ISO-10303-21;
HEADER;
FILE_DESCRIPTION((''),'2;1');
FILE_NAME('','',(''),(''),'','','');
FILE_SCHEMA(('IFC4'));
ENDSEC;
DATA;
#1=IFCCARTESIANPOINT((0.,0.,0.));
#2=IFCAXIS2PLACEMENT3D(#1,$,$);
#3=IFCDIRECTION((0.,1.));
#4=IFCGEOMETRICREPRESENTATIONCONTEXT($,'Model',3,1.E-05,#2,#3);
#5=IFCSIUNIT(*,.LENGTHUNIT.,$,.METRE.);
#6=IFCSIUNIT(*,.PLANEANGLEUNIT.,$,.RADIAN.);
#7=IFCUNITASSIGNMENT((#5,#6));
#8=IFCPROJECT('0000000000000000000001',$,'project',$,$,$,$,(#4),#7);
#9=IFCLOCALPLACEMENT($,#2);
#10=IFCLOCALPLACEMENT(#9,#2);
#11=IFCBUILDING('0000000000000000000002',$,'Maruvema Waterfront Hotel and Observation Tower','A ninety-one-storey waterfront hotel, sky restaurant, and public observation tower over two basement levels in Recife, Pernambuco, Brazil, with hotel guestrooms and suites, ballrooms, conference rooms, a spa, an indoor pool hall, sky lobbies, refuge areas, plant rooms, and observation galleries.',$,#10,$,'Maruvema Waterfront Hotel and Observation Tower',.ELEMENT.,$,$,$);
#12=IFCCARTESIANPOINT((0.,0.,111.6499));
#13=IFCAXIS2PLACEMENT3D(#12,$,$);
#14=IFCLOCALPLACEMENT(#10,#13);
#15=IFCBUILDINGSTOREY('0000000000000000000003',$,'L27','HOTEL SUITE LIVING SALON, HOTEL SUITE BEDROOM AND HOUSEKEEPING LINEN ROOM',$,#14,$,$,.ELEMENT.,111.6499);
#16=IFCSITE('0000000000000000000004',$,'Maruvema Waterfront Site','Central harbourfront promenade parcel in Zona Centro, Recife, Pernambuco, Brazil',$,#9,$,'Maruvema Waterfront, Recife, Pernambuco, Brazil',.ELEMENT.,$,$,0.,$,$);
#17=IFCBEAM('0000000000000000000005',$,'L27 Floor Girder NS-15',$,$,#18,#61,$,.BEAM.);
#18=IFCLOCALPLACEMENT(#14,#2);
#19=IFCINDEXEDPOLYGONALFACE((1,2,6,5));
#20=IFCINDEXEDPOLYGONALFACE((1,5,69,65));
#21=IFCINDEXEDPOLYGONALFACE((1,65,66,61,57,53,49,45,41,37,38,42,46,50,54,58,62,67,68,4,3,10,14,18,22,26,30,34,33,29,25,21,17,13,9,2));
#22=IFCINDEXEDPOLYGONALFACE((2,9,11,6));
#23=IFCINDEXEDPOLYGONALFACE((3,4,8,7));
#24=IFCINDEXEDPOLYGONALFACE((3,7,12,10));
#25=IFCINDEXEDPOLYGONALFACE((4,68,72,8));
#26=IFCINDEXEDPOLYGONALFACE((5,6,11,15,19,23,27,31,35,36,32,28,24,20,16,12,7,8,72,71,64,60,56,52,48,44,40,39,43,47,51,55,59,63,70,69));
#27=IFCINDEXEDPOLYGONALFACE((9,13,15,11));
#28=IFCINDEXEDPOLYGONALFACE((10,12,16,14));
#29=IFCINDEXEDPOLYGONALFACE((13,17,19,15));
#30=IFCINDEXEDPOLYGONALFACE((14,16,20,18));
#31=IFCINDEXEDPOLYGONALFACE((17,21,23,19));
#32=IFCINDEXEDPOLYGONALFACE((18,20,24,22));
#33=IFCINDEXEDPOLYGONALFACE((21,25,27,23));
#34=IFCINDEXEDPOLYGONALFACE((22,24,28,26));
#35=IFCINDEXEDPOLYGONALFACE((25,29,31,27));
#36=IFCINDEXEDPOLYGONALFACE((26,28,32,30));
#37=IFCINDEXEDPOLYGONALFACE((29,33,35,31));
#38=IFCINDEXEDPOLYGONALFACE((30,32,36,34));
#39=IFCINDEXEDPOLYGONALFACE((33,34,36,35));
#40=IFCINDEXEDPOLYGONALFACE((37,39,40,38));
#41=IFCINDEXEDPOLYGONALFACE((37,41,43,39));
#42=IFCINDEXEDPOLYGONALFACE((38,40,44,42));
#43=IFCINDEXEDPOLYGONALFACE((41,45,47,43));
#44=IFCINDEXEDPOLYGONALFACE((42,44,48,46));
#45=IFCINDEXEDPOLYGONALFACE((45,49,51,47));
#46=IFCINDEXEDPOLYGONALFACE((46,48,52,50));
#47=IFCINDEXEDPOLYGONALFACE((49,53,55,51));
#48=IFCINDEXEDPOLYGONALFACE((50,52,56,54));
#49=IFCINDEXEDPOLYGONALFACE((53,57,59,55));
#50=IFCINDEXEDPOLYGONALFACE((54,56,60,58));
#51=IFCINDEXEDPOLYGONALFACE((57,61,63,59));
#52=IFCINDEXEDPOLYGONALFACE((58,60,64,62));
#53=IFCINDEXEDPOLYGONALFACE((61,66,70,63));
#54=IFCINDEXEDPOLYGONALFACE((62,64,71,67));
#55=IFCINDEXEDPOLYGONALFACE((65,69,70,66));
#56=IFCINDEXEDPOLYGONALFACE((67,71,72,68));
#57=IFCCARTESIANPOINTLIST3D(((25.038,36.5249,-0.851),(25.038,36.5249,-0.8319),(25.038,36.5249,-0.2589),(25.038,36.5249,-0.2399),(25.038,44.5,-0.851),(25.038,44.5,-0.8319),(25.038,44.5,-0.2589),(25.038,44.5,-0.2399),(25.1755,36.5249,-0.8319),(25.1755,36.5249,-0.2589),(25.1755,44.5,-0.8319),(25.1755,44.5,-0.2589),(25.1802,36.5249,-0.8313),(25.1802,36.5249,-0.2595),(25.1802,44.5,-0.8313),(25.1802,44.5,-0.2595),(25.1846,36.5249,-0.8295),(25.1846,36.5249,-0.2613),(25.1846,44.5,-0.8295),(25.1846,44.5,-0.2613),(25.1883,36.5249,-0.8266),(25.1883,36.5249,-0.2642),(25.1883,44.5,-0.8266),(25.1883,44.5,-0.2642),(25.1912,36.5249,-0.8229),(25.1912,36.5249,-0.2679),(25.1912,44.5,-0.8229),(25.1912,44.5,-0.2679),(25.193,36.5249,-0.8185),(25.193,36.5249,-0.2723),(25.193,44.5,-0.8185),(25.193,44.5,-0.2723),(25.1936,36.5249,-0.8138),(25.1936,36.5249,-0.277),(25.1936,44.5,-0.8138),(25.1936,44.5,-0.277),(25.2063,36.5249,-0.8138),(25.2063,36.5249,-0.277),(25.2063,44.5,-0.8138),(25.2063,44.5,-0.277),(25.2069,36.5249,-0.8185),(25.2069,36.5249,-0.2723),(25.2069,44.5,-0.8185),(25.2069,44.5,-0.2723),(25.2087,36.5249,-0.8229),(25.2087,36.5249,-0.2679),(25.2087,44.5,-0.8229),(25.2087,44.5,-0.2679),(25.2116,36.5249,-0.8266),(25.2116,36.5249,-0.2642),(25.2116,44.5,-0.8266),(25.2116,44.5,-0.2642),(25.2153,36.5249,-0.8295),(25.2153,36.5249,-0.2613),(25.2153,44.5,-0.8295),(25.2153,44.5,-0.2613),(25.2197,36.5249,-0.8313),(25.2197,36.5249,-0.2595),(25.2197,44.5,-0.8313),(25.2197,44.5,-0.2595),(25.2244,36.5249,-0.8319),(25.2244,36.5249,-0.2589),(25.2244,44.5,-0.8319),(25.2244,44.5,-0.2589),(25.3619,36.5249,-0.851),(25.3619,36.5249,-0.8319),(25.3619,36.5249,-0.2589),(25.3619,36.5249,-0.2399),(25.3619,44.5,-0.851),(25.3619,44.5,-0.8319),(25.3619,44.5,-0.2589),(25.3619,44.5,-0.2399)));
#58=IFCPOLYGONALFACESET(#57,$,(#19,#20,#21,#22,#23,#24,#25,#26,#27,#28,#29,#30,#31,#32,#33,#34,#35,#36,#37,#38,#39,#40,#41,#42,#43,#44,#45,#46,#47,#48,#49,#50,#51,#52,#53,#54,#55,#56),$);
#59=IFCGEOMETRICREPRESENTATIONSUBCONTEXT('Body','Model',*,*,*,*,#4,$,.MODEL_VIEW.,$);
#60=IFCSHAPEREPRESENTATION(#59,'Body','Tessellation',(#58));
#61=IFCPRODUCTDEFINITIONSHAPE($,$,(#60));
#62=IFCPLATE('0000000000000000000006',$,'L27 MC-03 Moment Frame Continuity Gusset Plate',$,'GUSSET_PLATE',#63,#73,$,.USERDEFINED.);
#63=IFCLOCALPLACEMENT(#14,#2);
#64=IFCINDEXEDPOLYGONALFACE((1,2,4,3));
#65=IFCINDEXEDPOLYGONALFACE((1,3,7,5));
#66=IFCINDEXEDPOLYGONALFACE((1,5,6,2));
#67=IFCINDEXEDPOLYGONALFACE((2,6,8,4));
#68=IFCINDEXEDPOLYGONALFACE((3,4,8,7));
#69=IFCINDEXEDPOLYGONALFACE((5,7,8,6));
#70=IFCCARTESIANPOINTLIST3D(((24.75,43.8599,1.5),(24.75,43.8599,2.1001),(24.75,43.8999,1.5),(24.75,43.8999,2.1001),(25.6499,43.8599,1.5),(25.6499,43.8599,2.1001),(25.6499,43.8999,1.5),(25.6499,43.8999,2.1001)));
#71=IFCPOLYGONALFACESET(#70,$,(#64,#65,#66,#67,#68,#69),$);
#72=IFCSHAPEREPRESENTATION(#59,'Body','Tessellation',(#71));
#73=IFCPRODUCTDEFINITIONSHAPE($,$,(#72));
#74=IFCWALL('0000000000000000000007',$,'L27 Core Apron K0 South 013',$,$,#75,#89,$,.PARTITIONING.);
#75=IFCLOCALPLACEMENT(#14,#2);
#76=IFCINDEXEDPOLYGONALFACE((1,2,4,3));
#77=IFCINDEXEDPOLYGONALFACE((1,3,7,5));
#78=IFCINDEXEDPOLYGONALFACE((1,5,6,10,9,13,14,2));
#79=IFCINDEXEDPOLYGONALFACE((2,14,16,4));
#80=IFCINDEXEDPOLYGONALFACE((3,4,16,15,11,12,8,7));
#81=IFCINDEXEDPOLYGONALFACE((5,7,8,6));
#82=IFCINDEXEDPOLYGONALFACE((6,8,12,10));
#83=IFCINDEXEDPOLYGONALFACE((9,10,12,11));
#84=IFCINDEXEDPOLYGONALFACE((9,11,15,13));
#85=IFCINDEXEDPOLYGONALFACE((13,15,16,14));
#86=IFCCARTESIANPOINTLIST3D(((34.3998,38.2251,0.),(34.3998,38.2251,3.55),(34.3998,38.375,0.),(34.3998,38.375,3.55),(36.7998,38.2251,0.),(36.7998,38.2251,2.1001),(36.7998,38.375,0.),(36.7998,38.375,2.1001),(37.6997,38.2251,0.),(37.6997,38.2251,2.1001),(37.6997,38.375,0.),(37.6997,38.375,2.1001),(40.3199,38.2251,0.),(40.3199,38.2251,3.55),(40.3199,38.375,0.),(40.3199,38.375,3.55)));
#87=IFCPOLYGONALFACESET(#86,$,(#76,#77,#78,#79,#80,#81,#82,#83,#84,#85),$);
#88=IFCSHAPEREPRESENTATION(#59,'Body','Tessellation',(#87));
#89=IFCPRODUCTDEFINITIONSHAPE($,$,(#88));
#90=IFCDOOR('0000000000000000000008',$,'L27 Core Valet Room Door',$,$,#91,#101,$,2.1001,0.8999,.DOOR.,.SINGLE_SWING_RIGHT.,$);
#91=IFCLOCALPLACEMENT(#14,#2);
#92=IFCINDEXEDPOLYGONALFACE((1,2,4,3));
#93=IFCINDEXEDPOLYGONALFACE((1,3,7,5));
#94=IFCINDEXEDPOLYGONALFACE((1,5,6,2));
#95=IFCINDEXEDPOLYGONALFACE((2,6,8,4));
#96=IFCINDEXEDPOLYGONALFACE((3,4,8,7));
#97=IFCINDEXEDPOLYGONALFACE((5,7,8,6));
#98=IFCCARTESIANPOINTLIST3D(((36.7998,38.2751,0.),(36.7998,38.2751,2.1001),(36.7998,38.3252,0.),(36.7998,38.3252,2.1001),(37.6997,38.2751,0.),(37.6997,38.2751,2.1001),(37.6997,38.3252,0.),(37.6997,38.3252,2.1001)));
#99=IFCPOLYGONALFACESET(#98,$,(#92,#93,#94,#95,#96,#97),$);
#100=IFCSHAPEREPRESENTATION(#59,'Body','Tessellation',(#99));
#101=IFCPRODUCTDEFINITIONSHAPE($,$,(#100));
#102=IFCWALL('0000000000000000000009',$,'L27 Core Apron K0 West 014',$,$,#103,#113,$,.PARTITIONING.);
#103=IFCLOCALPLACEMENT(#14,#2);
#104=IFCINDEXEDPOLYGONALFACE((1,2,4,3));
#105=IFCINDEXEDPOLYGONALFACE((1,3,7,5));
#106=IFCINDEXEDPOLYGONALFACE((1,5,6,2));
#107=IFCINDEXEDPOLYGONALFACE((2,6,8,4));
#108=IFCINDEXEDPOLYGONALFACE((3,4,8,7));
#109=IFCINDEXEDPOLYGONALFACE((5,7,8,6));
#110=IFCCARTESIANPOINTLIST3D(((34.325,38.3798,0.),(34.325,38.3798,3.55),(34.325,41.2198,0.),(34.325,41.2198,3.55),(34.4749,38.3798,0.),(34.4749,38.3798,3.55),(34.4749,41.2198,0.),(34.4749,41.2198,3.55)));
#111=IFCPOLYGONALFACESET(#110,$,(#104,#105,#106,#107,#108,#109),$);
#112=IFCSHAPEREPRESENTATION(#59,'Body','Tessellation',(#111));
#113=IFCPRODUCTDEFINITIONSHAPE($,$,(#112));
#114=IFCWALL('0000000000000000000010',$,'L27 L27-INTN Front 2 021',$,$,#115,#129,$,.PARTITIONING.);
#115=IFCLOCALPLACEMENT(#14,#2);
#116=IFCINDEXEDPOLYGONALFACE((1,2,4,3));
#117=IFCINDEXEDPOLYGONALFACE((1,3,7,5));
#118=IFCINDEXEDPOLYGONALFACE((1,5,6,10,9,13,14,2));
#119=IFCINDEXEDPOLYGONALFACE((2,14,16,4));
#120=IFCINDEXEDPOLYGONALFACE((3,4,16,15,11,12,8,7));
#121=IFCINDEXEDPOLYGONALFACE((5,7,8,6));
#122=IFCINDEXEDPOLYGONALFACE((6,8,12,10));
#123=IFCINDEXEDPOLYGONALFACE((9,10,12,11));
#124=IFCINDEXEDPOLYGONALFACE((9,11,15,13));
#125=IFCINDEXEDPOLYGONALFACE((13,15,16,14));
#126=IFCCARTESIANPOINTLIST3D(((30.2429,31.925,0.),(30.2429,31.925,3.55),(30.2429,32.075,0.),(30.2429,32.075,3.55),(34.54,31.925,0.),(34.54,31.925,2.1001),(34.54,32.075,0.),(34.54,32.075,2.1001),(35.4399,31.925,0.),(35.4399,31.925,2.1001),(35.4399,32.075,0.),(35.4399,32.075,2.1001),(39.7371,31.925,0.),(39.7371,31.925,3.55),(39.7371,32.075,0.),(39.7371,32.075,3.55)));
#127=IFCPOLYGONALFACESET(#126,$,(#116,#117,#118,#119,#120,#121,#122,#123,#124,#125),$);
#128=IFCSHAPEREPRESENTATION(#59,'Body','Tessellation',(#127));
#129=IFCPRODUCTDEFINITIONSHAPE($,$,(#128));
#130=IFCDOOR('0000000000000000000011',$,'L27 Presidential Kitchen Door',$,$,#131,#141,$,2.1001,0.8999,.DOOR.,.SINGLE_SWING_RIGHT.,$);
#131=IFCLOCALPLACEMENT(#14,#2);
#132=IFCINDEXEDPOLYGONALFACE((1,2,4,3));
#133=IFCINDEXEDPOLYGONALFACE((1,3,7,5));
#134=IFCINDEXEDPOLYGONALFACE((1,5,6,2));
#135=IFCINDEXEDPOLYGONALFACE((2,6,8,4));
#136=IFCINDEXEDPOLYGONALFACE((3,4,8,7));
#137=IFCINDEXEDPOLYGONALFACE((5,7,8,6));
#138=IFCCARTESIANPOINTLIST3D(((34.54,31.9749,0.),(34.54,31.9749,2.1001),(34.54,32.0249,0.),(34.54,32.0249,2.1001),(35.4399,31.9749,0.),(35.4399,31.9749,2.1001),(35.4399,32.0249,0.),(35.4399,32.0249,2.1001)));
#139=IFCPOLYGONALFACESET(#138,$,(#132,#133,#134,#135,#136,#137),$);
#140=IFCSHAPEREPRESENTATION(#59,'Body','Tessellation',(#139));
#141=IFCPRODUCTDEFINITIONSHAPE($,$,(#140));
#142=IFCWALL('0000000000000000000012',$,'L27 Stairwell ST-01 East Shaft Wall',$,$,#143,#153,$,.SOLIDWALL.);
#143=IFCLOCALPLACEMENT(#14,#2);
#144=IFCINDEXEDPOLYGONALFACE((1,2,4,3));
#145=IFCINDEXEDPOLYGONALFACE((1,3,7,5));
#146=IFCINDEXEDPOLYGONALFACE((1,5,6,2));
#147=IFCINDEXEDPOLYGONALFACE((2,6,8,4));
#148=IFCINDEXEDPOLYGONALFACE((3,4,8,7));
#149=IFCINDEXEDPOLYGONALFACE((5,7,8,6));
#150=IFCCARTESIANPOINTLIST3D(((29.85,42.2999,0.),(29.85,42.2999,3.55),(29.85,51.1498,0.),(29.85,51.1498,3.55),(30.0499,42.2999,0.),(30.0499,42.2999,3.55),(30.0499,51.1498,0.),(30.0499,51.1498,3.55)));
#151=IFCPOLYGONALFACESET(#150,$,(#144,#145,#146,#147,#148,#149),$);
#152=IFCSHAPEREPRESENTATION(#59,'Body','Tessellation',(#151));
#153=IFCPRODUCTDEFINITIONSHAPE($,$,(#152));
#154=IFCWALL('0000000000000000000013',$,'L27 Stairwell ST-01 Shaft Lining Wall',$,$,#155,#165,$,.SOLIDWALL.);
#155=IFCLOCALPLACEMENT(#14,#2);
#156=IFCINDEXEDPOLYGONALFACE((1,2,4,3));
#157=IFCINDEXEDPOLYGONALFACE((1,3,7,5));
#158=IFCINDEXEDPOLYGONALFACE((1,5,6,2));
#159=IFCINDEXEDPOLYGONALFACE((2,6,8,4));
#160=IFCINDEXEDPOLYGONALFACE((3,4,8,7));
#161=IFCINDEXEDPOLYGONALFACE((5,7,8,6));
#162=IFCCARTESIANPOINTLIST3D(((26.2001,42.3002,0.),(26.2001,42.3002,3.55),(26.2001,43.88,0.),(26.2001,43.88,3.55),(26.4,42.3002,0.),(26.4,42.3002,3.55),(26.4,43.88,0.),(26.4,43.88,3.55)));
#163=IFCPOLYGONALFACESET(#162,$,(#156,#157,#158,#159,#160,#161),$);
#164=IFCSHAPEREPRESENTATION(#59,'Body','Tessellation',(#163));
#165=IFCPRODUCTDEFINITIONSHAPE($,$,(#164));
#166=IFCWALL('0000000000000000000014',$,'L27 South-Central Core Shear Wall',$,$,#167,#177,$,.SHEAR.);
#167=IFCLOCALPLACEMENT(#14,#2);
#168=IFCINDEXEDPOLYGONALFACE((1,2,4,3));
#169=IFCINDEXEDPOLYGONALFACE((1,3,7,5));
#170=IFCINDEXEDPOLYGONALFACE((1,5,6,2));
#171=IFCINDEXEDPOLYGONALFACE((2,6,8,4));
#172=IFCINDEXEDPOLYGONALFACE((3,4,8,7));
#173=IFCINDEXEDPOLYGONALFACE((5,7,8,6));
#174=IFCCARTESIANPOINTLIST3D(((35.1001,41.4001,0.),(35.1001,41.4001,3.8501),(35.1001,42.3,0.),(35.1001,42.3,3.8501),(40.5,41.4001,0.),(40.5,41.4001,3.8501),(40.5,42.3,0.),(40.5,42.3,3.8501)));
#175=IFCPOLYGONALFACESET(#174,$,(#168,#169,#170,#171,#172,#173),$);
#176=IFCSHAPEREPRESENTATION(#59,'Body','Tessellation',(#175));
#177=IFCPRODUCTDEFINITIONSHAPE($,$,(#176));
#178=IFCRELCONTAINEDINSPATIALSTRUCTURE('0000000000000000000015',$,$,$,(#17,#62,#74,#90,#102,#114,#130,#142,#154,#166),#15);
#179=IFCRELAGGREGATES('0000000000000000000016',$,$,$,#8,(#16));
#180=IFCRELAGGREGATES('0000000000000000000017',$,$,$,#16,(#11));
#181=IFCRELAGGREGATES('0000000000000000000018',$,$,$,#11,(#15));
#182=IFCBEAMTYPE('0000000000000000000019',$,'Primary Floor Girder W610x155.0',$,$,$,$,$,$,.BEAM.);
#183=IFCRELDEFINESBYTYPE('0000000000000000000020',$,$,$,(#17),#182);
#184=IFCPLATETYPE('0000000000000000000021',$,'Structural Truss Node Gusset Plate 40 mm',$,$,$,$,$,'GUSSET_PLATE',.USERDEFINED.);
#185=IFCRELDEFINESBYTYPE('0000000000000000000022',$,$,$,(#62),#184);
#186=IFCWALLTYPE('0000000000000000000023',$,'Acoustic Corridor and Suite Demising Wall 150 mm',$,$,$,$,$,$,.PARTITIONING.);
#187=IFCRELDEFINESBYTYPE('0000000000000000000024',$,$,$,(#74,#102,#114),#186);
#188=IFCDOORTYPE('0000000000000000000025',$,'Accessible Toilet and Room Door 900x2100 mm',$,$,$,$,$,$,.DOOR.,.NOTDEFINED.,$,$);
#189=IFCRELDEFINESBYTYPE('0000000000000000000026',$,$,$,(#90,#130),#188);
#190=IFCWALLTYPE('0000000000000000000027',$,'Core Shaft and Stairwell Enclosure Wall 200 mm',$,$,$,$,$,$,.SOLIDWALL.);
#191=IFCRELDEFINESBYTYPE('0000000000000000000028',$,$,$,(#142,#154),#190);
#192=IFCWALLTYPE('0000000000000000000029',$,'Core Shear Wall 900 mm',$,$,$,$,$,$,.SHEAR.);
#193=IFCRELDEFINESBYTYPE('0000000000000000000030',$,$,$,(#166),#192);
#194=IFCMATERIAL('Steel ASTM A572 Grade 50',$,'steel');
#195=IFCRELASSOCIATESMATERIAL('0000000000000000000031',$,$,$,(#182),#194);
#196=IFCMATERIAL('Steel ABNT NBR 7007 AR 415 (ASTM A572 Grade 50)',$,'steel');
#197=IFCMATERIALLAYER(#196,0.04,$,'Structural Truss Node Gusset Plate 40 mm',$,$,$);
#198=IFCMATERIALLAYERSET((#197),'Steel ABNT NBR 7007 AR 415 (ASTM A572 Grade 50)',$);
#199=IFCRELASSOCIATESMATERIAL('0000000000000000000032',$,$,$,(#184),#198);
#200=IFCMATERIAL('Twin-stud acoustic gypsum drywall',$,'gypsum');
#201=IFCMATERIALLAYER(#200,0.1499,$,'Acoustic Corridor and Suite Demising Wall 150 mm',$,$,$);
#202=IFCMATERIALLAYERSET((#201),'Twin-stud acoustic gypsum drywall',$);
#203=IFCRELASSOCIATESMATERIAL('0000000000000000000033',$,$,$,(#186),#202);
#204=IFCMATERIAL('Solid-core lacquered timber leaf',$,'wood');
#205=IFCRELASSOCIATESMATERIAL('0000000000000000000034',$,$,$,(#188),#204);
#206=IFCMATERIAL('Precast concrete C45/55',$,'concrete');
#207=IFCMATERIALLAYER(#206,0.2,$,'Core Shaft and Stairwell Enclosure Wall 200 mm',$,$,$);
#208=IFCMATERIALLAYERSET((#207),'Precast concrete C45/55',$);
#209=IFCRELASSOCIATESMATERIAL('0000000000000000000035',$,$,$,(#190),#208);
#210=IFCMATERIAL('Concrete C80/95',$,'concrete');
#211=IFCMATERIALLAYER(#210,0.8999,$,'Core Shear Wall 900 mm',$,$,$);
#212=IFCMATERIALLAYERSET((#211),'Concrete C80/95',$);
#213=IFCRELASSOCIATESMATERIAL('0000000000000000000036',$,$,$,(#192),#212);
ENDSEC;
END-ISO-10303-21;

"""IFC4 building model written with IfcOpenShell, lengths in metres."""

from ifc_helpers import new_model, si_unit, direction, frame, frame_2d, origin, origin_2d, place, context, subcontext, project, spatial, rectangle, i_section, extrude, material, layer, layer_set, material_profile, profile_set, type_object, element, fill, save


model = new_model("IFC4")

# Units and contexts
model_context = context("Model", 3, precision=1e-05, world=origin(), true_north=direction((0.0, 1.0)))
body_context = subcontext(model_context, "Body", "Model", "MODEL_VIEW")
ifc_project = project(units=[si_unit("LENGTHUNIT", "METRE"), si_unit("PLANEANGLEUNIT", "RADIAN")], contexts=[model_context])

# Site, building, storey
site_placement = place(None, origin())
site = spatial("IfcSite", under=ifc_project, at=site_placement, Name="Maruvema Waterfront Site", Description="Central harbourfront promenade parcel in Zona Centro, Recife, Pernambuco, Brazil", LongName="Maruvema Waterfront, Recife, Pernambuco, Brazil", CompositionType="ELEMENT", RefElevation=0.0)
building_placement = place(site_placement, origin())
building = spatial("IfcBuilding", under=site, at=building_placement, Name="Maruvema Waterfront Hotel and Observation Tower", Description="A ninety-one-storey waterfront hotel, sky restaurant, and public observation tower over two basement levels in Recife, Pernambuco, Brazil, with hotel guestrooms and suites, ballrooms, conference rooms, a spa, an indoor pool hall, sky lobbies, refuge areas, plant rooms, and observation galleries.", LongName="Maruvema Waterfront Hotel and Observation Tower", CompositionType="ELEMENT")
storey_placement = place(building_placement, frame((0.0, 0.0, 111.6499)))
storey = spatial("IfcBuildingStorey", under=building, at=storey_placement, Name="L27", Description="HOTEL SUITE LIVING SALON, HOTEL SUITE BEDROOM AND HOUSEKEEPING LINEN ROOM", CompositionType="ELEMENT", Elevation=111.6499)

# Beam
ifc_material_1 = material(Name="Steel ASTM A572 Grade 50", Category="steel")
ifc_material_profile_1 = material_profile(ifc_material_1, i_section(OverallWidth=0.324, OverallDepth=0.6111, WebThickness=0.0127, FlangeThickness=0.019, FilletRadius=0.0181, at=origin_2d()), Name="W610x155.0")
ifc_profile_set_1 = profile_set([ifc_material_profile_1], Name="Steel ASTM A572 Grade 50")
beam_type_1 = type_object("IfcBeamType", Name="Primary Floor Girder W610x155.0", PredefinedType="BEAM", material=ifc_profile_set_1)
for number, where, z_axis, x_axis, name in (
    (1, (25.2, 36.5249, -0.5454), (0.0, 1.0, 0.0), (-1.0, 0.0, 0.0), "L27 Floor Girder NS-15"),
):
    element("IfcBeam", number, at=place(storey_placement, frame(where, z_axis=z_axis, x_axis=x_axis)), inside=storey, type_object=beam_type_1, Name=name, PredefinedType="BEAM", context=body_context, shape_type="SweptSolid", body=[
        extrude(i_section(OverallWidth=0.324, OverallDepth=0.6111, WebThickness=0.0127, FlangeThickness=0.019, FilletRadius=0.0181, at=origin_2d()), origin(), (0.0, 0.0, 1.0), 7.9751),
    ])

# Plate
ifc_material_2 = material(Name="Steel ABNT NBR 7007 AR 415 (ASTM A572 Grade 50)", Category="steel")
ifc_layer_1 = layer(ifc_material_2, 0.04, Name="Structural Truss Node Gusset Plate 40 mm")
ifc_layer_set_1 = layer_set([ifc_layer_1], Name="Steel ABNT NBR 7007 AR 415 (ASTM A572 Grade 50)")
plate_type = type_object("IfcPlateType", Name="Structural Truss Node Gusset Plate 40 mm", ElementType="GUSSET_PLATE", PredefinedType="USERDEFINED", material=ifc_layer_set_1)
plate_placement = place(storey_placement, frame((25.2, 43.8799, 1.5), z_axis=(0.0, 0.0, 1.0), x_axis=(1.0, 0.0, 0.0)))
element("IfcPlate", 2, at=plate_placement, inside=storey, type_object=plate_type, Name="L27 MC-03 Moment Frame Continuity Gusset Plate", ObjectType="GUSSET_PLATE", PredefinedType="USERDEFINED", context=body_context, shape_type="SweptSolid", body=[
    extrude(rectangle(XDim=0.8999, YDim=0.04, at=origin_2d()), origin(), (0.0, 0.0, 1.0), 0.6001),
])

# Wall, opening, door
ifc_material_3 = material(Name="Twin-stud acoustic gypsum drywall", Category="gypsum")
ifc_layer_2 = layer(ifc_material_3, 0.1499, Name="Acoustic Corridor and Suite Demising Wall 150 mm")
ifc_layer_set_2 = layer_set([ifc_layer_2], Name="Twin-stud acoustic gypsum drywall")
wall_type_1 = type_object("IfcWallType", Name="Acoustic Corridor and Suite Demising Wall 150 mm", PredefinedType="PARTITIONING", material=ifc_layer_set_2)
wall_1_placement = place(storey_placement, frame((34.3999, 38.3, 0.0), z_axis=(0.0, 0.0, 1.0), x_axis=(1.0, 0.0, 0.0)))
wall_1 = element("IfcWall", 3, at=wall_1_placement, inside=storey, type_object=wall_type_1, Name="L27 Core Apron K0 South 013", PredefinedType="PARTITIONING", context=body_context, shape_type="SweptSolid", body=[
    extrude(rectangle(XDim=5.9202, YDim=0.1499, at=frame_2d((2.96, 0.0))), origin(), (0.0, 0.0, 1.0), 3.55),
])
opening_1_placement = place(wall_1_placement, frame((2.3999, 0.0, 0.0)))
opening_1 = element("IfcOpeningElement", 4, at=opening_1_placement, cuts=wall_1, PredefinedType="OPENING", context=body_context, shape_type="SweptSolid", body=[
    extrude(rectangle(XDim=0.8999, YDim=2.1001, at=frame_2d((0.45, 1.05))), frame((0.0, 0.085, 0.0), z_axis=(0.0, -1.0, 0.0), x_axis=(1.0, 0.0, 0.0)), (0.0, 0.0, 1.0), 0.1699),
])
ifc_material_4 = material(Name="Solid-core lacquered timber leaf", Category="wood")
door_type_1 = type_object("IfcDoorType", Name="Accessible Toilet and Room Door 900x2100 mm", OperationType="NOTDEFINED", PredefinedType="DOOR", material=ifc_material_4)
door_1_placement = place(opening_1_placement, frame((0.8999, 0.0, 0.0), z_axis=(0.0, 0.0, 1.0), x_axis=(-1.0, 0.0, 0.0)))
door_1 = element("IfcDoor", 5, at=door_1_placement, inside=storey, type_object=door_type_1, Name="L27 Core Valet Room Door", OperationType="SINGLE_SWING_RIGHT", OverallHeight=2.1001, OverallWidth=0.8999, PredefinedType="DOOR", context=body_context, shape_type="SweptSolid", body=[
    extrude(rectangle(XDim=0.8999, YDim=2.1001, at=frame_2d((0.45, 1.05))), frame((0.0, 0.0249, 0.0), z_axis=(0.0, -1.0, 0.0), x_axis=(1.0, 0.0, 0.0)), (0.0, 0.0, 1.0), 0.05),
])
fill(opening_1, door_1)

# Wall
wall_2_placement = place(storey_placement, frame((34.3999, 38.3799, 0.0), z_axis=(0.0, 0.0, 1.0), x_axis=(0.0, 1.0, 0.0)))
element("IfcWall", 6, at=wall_2_placement, inside=storey, type_object=wall_type_1, Name="L27 Core Apron K0 West 014", PredefinedType="PARTITIONING", context=body_context, shape_type="SweptSolid", body=[
    extrude(rectangle(XDim=2.8401, YDim=0.1499, at=frame_2d((1.4199, 0.0))), origin(), (0.0, 0.0, 1.0), 3.55),
])

# Wall, opening, door
wall_3_placement = place(storey_placement, frame((30.2429, 32.0, 0.0), z_axis=(0.0, 0.0, 1.0), x_axis=(1.0, 0.0, 0.0)))
wall_3 = element("IfcWall", 7, at=wall_3_placement, inside=storey, type_object=wall_type_1, Name="L27 L27-INTN Front 2 021", PredefinedType="PARTITIONING", context=body_context, shape_type="SweptSolid", body=[
    extrude(rectangle(XDim=9.4941, YDim=0.1499, at=frame_2d((4.7471, 0.0))), origin(), (0.0, 0.0, 1.0), 3.55),
])
opening_2_placement = place(wall_3_placement, frame((4.2971, 0.0, 0.0)))
opening_2 = element("IfcOpeningElement", 8, at=opening_2_placement, cuts=wall_3, PredefinedType="OPENING", context=body_context, shape_type="SweptSolid", body=[
    extrude(rectangle(XDim=0.8999, YDim=2.1001, at=frame_2d((0.45, 1.05))), frame((0.0, 0.085, 0.0), z_axis=(0.0, -1.0, 0.0), x_axis=(1.0, 0.0, 0.0)), (0.0, 0.0, 1.0), 0.1699),
])
door_2_placement = place(opening_2_placement, origin())
door_2 = element("IfcDoor", 9, at=door_2_placement, inside=storey, type_object=door_type_1, Name="L27 Presidential Kitchen Door", OperationType="SINGLE_SWING_RIGHT", OverallHeight=2.1001, OverallWidth=0.8999, PredefinedType="DOOR", context=body_context, shape_type="SweptSolid", body=[
    extrude(rectangle(XDim=0.8999, YDim=2.1001, at=frame_2d((0.45, 1.05))), frame((0.0, 0.0249, 0.0), z_axis=(0.0, -1.0, 0.0), x_axis=(1.0, 0.0, 0.0)), (0.0, 0.0, 1.0), 0.05),
])
fill(opening_2, door_2)

# Walls
ifc_material_5 = material(Name="Precast concrete C45/55", Category="concrete")
ifc_layer_3 = layer(ifc_material_5, 0.2, Name="Core Shaft and Stairwell Enclosure Wall 200 mm")
ifc_layer_set_3 = layer_set([ifc_layer_3], Name="Precast concrete C45/55")
wall_type_2 = type_object("IfcWallType", Name="Core Shaft and Stairwell Enclosure Wall 200 mm", PredefinedType="SOLIDWALL", material=ifc_layer_set_3)
wall_4_placement = place(storey_placement, frame((29.95, 42.3, 0.0), z_axis=(0.0, 0.0, 1.0), x_axis=(0.0, 1.0, 0.0)))
element("IfcWall", 10, at=wall_4_placement, inside=storey, type_object=wall_type_2, Name="L27 Stairwell ST-01 East Shaft Wall", PredefinedType="SOLIDWALL", context=body_context, shape_type="SweptSolid", body=[
    extrude(rectangle(XDim=8.8499, YDim=0.2, at=frame_2d((4.4248, 0.0))), origin(), (0.0, 0.0, 1.0), 3.55),
])
wall_5_placement = place(storey_placement, frame((26.3, 42.3, 0.0), z_axis=(0.0, 0.0, 1.0), x_axis=(0.0, 1.0, 0.0)))
element("IfcWall", 11, at=wall_5_placement, inside=storey, type_object=wall_type_2, Name="L27 Stairwell ST-01 Shaft Lining Wall", PredefinedType="SOLIDWALL", context=body_context, shape_type="SweptSolid", body=[
    extrude(rectangle(XDim=1.5798, YDim=0.2, at=frame_2d((0.79, 0.0))), origin(), (0.0, 0.0, 1.0), 3.55),
])

# Shared definitions
ifc_material_6 = material(Name="Concrete C80/95", Category="concrete")
ifc_layer_4 = layer(ifc_material_6, 0.8999, Name="Core Shear Wall 900 mm")
ifc_layer_set_4 = layer_set([ifc_layer_4], Name="Concrete C80/95")
wall_type_3 = type_object("IfcWallType", Name="Core Shear Wall 900 mm", PredefinedType="SHEAR", material=ifc_layer_set_4)

# Wall
wall_6_placement = place(storey_placement, frame((35.1001, 41.8501, 0.0), z_axis=(0.0, 0.0, 1.0), x_axis=(1.0, 0.0, 0.0)))
element("IfcWall", 12, at=wall_6_placement, inside=storey, type_object=wall_type_3, Name="L27 South-Central Core Shear Wall", PredefinedType="SHEAR", context=body_context, shape_type="SweptSolid", body=[
    extrude(rectangle(XDim=5.3999, YDim=0.8999, at=frame_2d((2.7, 0.0))), origin(), (0.0, 0.0, 1.0), 3.8501),
])

save(model, "model.ifc")
